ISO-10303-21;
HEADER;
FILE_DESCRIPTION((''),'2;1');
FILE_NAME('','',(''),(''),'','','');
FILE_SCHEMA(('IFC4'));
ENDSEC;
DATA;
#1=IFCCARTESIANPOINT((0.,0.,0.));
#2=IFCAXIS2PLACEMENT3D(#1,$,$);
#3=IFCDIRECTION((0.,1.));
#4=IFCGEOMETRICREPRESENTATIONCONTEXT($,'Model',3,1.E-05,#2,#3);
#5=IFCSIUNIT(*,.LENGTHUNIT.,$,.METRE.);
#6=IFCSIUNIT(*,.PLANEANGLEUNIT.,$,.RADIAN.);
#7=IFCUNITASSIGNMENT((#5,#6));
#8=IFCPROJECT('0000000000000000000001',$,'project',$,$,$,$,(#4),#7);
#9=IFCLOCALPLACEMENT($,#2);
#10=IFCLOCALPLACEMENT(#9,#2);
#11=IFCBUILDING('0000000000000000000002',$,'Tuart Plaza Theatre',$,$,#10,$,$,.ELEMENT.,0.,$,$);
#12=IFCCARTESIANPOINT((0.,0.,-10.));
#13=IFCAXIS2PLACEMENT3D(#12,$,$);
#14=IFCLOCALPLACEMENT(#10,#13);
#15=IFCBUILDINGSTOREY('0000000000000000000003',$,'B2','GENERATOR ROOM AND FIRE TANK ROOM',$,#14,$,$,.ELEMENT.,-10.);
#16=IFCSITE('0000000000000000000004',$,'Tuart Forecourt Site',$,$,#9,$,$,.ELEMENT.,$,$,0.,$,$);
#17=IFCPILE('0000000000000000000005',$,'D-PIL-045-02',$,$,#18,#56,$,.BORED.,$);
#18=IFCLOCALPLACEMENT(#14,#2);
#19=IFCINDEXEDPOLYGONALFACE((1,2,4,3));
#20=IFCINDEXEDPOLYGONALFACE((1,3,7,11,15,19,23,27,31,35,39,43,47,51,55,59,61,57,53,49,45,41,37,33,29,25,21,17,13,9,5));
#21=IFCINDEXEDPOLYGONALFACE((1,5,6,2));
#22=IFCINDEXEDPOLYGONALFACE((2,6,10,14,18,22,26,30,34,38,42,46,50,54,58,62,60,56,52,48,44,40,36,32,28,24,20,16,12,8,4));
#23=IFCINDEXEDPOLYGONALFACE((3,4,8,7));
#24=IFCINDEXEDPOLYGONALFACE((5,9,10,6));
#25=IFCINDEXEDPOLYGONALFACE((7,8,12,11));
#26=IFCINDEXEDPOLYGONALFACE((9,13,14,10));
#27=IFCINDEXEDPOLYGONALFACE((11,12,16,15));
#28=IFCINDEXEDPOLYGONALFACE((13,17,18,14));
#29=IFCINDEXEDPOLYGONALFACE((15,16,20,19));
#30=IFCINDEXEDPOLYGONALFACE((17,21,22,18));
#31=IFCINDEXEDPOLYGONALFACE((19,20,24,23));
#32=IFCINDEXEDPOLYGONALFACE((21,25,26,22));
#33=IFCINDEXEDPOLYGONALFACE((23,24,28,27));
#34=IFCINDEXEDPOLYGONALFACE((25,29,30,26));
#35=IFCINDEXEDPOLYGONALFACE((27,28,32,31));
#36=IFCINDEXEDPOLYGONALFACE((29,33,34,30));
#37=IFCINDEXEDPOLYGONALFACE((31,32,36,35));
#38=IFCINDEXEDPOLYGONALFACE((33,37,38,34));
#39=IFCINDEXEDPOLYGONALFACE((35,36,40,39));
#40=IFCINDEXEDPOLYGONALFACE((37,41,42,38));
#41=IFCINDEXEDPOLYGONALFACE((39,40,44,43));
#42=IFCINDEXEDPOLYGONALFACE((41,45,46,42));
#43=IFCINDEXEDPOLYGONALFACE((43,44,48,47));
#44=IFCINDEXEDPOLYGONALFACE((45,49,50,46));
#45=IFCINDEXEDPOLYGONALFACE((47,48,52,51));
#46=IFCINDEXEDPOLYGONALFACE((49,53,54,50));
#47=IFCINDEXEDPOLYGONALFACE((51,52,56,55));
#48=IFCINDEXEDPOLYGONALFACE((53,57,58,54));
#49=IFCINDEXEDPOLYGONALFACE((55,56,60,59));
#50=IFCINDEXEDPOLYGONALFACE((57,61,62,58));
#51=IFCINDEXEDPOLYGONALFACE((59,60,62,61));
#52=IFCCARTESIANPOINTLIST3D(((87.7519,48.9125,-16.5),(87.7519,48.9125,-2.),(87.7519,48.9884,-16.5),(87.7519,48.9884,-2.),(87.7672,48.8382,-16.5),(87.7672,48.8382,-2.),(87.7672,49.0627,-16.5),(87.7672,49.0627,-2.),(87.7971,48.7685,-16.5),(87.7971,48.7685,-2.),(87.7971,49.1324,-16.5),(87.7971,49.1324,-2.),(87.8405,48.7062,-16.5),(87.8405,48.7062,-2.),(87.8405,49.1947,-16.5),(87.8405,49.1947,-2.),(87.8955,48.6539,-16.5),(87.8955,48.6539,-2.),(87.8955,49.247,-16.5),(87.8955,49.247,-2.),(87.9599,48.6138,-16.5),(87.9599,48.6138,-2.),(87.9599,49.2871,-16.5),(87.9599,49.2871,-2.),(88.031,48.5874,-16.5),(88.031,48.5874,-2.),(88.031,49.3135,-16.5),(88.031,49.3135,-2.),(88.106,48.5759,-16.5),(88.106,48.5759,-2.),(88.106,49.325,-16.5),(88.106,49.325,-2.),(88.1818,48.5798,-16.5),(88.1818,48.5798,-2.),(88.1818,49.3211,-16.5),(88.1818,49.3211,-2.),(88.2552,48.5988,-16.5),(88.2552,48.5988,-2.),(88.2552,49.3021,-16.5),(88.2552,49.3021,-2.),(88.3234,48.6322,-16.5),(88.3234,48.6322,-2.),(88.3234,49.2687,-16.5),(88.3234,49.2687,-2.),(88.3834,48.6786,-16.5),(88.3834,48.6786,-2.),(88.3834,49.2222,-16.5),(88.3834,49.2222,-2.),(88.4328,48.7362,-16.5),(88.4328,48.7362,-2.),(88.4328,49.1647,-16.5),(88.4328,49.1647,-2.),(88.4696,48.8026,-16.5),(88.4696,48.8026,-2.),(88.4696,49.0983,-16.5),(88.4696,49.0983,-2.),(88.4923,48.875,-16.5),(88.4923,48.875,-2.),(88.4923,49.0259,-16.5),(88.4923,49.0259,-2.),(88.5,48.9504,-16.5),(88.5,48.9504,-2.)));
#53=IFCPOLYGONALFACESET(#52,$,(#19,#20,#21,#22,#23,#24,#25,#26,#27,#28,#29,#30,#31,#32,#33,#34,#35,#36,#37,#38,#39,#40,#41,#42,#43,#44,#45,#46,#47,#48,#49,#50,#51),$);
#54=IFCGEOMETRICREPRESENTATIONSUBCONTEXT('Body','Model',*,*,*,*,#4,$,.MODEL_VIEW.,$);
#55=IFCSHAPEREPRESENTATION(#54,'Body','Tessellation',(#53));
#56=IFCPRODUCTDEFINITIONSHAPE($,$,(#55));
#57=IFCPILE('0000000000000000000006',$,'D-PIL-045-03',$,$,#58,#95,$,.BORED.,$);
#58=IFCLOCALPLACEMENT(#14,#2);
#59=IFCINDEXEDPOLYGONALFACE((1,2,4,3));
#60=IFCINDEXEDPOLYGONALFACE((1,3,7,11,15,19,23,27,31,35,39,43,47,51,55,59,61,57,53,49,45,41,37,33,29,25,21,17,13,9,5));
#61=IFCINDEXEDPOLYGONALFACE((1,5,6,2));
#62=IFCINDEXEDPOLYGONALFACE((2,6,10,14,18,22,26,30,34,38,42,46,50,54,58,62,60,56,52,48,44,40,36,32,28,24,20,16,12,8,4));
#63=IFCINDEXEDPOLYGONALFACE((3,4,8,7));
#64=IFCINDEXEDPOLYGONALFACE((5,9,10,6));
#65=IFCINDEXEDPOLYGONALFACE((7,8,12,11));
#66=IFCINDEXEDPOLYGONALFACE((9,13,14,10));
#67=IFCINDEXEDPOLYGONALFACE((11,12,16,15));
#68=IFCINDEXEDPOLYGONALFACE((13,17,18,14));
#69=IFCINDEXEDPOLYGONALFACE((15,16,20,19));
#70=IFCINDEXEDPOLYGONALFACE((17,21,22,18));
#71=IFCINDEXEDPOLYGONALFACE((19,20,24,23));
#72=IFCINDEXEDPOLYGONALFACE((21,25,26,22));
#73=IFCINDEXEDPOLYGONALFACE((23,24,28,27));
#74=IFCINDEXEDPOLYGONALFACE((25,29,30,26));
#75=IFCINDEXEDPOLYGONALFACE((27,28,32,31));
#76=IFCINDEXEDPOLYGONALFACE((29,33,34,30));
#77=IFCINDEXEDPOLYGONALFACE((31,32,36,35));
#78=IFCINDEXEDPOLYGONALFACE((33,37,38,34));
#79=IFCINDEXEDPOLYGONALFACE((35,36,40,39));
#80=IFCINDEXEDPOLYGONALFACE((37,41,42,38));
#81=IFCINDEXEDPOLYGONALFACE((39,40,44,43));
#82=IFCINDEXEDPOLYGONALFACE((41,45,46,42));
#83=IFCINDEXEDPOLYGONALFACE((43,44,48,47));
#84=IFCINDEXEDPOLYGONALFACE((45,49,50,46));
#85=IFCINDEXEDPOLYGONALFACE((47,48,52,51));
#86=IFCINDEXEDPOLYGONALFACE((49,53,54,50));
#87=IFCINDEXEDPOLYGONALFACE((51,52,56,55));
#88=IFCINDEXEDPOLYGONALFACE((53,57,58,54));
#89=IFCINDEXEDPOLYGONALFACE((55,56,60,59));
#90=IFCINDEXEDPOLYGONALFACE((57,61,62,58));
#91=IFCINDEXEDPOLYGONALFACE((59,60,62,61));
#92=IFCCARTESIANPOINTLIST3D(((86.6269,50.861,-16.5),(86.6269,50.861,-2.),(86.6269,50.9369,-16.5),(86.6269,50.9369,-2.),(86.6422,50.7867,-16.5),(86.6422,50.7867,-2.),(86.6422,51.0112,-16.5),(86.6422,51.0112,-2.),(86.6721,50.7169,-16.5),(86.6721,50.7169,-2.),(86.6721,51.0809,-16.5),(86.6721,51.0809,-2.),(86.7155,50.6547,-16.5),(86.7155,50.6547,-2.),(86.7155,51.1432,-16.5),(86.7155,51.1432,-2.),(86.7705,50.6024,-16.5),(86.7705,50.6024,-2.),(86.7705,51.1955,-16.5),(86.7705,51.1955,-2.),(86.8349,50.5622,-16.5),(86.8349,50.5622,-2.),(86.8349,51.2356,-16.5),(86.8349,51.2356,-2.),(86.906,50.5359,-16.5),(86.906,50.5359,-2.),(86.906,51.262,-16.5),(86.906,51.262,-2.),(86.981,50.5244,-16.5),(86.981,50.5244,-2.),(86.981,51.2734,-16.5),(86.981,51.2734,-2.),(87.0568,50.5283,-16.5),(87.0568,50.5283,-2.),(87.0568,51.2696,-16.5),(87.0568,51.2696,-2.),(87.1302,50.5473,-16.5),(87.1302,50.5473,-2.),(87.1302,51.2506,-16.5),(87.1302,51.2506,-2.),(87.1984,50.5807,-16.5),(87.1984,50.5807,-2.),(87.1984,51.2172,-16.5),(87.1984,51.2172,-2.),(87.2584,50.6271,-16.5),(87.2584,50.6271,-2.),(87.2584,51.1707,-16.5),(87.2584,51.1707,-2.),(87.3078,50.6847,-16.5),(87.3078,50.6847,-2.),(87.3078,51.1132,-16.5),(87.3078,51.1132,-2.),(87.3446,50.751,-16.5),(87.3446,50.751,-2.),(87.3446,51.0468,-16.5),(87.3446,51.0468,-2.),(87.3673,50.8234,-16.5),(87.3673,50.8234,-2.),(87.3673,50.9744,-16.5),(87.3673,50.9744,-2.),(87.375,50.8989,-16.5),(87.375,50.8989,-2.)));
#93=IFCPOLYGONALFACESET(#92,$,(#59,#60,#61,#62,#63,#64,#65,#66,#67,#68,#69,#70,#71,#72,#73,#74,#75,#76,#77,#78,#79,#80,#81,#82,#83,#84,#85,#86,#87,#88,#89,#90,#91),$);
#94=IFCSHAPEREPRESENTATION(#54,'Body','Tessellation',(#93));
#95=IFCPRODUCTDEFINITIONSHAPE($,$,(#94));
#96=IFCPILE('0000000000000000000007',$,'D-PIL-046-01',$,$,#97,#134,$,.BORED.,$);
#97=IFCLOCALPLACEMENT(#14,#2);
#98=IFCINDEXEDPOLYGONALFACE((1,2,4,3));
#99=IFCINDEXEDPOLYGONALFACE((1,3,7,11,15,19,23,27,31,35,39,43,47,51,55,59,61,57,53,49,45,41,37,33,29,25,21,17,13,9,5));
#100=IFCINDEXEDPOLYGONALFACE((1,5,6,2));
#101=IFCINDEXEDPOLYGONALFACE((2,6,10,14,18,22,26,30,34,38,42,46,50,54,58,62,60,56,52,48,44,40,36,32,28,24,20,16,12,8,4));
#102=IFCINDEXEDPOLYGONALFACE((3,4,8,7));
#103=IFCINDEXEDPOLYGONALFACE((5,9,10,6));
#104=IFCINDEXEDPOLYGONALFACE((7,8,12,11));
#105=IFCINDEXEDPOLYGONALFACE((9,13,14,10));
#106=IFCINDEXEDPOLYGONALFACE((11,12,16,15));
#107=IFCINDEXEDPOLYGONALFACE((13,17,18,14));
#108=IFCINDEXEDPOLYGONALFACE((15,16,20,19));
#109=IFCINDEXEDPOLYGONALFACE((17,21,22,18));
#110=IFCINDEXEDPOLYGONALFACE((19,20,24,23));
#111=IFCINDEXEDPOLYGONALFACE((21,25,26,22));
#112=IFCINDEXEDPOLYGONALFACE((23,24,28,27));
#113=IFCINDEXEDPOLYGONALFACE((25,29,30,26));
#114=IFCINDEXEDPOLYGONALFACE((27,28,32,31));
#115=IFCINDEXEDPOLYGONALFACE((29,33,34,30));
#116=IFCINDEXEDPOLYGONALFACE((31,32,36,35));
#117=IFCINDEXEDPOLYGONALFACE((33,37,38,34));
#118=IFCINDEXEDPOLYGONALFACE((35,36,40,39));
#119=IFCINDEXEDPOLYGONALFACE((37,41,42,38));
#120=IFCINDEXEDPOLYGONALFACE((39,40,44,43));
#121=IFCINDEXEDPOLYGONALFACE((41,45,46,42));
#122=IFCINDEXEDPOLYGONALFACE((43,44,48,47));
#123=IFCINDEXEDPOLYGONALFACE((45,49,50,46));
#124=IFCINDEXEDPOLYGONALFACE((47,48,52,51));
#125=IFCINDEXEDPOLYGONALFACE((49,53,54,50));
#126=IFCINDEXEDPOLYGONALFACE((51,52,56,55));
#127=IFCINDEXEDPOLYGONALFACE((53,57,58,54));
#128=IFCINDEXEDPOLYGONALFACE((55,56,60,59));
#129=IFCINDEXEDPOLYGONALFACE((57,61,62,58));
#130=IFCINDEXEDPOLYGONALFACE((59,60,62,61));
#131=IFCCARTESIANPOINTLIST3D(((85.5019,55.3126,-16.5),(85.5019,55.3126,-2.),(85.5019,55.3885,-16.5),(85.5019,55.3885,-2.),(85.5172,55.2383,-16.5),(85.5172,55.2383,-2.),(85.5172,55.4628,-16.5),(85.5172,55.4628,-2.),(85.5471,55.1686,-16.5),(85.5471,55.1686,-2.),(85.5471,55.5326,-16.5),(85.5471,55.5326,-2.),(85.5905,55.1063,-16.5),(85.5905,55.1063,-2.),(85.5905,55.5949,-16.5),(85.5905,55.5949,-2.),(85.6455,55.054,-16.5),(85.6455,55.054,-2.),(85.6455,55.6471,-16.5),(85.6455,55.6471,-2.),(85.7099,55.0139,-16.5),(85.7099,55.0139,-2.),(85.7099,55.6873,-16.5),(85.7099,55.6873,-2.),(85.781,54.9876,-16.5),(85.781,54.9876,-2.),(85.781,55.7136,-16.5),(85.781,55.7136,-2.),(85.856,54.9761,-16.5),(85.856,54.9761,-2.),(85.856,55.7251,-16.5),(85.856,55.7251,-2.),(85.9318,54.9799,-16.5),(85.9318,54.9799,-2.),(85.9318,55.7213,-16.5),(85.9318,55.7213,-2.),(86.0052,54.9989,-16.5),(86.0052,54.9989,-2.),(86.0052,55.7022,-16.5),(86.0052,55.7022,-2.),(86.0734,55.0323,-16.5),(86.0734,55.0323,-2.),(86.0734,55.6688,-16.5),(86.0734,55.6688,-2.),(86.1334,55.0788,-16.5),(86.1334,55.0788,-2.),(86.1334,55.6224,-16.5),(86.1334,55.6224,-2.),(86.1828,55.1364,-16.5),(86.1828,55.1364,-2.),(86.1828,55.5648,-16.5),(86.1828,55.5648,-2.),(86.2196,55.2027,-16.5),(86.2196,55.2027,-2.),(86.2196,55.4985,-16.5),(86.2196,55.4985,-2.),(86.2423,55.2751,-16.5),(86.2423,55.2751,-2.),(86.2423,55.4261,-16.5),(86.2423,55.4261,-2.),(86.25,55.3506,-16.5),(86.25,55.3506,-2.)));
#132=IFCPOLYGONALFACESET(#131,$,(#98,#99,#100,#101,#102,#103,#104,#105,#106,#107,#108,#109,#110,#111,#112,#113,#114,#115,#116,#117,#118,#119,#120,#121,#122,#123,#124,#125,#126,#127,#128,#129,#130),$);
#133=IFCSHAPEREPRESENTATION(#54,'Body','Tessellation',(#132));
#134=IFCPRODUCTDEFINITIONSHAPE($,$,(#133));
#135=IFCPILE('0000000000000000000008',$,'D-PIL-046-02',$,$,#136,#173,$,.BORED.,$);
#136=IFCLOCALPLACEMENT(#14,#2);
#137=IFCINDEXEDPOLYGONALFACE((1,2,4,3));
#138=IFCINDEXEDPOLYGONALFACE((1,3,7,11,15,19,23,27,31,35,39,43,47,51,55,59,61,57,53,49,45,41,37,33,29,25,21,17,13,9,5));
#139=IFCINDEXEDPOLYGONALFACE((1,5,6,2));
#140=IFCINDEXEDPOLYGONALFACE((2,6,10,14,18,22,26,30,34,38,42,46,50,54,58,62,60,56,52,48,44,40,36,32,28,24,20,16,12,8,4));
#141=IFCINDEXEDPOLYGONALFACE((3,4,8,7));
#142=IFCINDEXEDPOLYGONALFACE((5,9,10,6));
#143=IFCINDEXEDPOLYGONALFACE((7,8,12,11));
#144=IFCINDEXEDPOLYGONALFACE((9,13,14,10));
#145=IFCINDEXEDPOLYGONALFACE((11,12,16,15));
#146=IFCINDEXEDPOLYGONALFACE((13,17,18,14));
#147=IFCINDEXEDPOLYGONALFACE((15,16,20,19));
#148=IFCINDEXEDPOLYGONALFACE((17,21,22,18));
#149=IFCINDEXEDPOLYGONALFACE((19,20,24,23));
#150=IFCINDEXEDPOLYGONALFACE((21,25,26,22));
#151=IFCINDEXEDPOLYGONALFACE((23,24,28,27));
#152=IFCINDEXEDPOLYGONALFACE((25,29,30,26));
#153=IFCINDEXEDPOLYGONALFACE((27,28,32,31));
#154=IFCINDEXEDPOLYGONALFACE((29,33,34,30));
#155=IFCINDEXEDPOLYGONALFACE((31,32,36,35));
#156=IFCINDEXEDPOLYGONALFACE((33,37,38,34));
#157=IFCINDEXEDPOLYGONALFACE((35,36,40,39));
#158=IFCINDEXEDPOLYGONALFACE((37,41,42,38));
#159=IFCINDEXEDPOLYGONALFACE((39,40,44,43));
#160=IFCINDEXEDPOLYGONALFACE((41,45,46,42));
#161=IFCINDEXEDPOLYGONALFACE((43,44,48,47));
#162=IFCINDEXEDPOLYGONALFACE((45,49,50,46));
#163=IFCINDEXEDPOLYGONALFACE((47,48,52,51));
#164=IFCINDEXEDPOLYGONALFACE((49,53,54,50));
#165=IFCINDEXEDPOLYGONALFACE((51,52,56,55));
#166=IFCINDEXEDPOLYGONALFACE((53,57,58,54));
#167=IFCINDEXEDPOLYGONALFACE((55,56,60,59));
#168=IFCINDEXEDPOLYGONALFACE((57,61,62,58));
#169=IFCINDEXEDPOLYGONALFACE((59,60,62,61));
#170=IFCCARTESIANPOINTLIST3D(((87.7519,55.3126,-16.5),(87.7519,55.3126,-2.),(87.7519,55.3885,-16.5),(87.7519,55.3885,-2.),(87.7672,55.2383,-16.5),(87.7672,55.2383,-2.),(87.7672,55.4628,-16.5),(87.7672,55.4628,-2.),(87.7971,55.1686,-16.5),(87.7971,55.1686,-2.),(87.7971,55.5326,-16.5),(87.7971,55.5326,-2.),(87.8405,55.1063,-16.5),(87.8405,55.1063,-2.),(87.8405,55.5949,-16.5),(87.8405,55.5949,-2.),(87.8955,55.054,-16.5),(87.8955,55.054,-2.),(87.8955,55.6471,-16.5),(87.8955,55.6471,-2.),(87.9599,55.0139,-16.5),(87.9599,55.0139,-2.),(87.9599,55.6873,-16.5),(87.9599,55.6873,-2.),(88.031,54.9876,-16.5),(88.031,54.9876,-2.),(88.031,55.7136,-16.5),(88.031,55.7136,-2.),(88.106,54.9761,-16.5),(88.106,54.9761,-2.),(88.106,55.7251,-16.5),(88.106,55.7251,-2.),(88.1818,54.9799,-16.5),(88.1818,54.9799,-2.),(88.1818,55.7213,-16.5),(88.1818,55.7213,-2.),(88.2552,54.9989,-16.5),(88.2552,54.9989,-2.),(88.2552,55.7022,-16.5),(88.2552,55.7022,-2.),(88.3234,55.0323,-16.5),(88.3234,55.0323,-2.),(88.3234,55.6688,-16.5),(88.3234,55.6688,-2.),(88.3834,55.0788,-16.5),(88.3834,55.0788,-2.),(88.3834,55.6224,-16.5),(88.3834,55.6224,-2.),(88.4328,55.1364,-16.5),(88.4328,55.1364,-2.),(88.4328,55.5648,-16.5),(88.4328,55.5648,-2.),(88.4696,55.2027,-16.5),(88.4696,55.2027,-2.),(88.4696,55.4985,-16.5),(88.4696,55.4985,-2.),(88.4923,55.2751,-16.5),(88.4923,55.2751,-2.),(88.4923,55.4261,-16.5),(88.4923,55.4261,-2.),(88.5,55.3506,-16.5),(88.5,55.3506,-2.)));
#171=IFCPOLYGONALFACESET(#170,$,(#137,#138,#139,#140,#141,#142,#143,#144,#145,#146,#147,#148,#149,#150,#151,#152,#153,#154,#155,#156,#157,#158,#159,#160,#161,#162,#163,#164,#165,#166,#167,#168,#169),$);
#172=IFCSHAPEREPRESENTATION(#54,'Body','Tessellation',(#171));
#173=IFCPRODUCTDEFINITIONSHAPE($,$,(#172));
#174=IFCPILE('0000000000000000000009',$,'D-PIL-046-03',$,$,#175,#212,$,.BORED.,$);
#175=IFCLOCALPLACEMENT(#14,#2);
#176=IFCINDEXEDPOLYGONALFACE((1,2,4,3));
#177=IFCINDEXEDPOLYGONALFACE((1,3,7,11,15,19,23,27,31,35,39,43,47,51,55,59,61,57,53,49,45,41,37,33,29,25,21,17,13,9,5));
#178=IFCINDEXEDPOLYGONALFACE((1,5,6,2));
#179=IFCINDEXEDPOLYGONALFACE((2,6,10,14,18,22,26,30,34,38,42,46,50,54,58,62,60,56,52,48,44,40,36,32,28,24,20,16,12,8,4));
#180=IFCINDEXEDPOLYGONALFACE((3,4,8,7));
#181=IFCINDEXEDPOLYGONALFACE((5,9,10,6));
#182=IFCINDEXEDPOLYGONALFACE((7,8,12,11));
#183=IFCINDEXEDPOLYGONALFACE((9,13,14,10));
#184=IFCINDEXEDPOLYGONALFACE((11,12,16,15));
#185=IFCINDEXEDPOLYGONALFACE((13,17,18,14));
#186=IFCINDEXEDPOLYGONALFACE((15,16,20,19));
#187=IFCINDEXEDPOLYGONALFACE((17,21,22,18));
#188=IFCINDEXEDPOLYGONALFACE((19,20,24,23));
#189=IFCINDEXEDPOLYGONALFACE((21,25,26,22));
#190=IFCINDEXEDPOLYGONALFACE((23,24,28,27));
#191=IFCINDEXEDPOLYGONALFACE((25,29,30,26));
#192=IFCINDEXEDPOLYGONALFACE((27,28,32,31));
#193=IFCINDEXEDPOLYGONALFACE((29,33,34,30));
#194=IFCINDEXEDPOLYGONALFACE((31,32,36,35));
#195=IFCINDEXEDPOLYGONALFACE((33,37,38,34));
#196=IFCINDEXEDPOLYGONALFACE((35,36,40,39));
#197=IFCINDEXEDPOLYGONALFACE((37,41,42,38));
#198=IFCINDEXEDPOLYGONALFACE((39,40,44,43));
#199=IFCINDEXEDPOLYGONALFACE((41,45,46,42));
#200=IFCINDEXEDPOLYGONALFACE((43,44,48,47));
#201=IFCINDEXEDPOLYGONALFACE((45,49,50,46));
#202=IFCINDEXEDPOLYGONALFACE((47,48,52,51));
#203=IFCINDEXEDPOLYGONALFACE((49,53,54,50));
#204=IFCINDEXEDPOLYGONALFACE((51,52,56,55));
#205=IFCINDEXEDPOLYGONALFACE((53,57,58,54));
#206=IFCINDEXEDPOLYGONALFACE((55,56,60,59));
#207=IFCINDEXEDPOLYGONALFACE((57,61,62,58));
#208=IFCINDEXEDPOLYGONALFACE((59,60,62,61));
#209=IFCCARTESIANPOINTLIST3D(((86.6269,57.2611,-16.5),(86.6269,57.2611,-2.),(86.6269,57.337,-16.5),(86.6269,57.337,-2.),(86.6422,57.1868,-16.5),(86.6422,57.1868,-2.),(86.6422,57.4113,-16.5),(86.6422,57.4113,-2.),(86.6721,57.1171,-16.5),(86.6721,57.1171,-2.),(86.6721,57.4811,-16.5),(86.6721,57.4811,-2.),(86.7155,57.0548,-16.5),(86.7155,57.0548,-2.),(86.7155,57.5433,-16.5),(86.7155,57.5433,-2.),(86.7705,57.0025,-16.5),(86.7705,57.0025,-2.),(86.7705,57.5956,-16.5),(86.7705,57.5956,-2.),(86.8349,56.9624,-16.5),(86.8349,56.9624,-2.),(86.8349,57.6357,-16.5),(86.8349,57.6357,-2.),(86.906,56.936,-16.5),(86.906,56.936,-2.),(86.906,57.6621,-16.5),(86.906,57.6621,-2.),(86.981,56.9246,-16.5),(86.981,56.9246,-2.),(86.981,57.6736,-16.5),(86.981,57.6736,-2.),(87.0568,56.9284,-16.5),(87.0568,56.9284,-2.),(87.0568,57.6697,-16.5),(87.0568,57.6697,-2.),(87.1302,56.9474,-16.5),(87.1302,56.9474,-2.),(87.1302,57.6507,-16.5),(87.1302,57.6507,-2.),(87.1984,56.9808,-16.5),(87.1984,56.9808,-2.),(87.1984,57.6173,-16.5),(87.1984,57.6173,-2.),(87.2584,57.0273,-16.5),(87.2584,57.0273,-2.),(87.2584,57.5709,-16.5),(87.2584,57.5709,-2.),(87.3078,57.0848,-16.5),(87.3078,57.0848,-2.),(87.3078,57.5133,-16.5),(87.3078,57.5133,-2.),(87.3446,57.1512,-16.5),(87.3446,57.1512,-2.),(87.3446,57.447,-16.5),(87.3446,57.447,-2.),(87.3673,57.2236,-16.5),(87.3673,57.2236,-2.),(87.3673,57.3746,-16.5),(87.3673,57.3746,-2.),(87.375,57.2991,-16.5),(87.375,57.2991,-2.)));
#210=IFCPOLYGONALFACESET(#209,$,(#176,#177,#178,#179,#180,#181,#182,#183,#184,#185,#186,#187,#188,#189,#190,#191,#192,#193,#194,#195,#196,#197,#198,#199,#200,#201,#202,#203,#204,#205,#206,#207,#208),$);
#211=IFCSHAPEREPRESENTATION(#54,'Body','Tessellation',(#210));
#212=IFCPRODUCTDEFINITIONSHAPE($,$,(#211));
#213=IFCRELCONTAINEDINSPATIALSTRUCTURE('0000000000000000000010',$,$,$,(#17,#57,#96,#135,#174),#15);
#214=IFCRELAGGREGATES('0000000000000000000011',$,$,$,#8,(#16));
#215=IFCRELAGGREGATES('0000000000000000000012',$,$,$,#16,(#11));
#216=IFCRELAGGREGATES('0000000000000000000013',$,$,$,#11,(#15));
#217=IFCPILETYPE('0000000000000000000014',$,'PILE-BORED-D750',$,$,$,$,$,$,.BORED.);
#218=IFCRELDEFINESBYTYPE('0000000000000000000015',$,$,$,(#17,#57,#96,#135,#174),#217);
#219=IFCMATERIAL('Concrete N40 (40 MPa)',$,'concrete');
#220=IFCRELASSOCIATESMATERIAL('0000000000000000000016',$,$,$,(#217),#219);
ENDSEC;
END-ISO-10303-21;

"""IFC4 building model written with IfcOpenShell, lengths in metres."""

from ifc_helpers import new_model, si_unit, direction, frame, origin, origin_2d, place, context, subcontext, project, spatial, circle, extrude, material, material_profile, profile_set, type_object, element, save


model = new_model("IFC4")

# Units and contexts
model_context = context("Model", 3, precision=1e-05, world=origin(), true_north=direction((0.0, 1.0)))
body_context = subcontext(model_context, "Body", "Model", "MODEL_VIEW")
ifc_project = project(units=[si_unit("LENGTHUNIT", "METRE"), si_unit("PLANEANGLEUNIT", "RADIAN")], contexts=[model_context])

# Site, building, storey
site_placement = place(None, origin())
site = spatial("IfcSite", under=ifc_project, at=site_placement, Name="Tuart Forecourt Site", CompositionType="ELEMENT", RefElevation=0.0)
building_placement = place(site_placement, origin())
building = spatial("IfcBuilding", under=site, at=building_placement, Name="Tuart Plaza Theatre", CompositionType="ELEMENT", ElevationOfRefHeight=0.0)
storey_placement = place(building_placement, frame((0.0, 0.0, -10.0)))
storey = spatial("IfcBuildingStorey", under=building, at=storey_placement, Name="B2", Description="GENERATOR ROOM AND FIRE TANK ROOM", CompositionType="ELEMENT", Elevation=-10.0)

# Piles
ifc_material_1 = material(Name="Concrete N40 (40 MPa)", Category="concrete")
ifc_material_profile_1 = material_profile(ifc_material_1, circle(Radius=0.375, at=origin_2d()), Name="PILE-BORED-D750")
ifc_profile_set_1 = profile_set([ifc_material_profile_1], Name="Concrete N40 (40 MPa)")
pile_type_1 = type_object("IfcPileType", Name="PILE-BORED-D750", PredefinedType="BORED", material=ifc_profile_set_1)
for number, where, z_axis, x_axis, name in (
    (1, (88.125, 48.9504, -2.0), (0.0, 0.0, -1.0), (1.0, 0.0, 0.0), "D-PIL-045-02"),
    (2, (87.0, 50.8989, -2.0), (0.0, 0.0, -1.0), (1.0, 0.0, 0.0), "D-PIL-045-03"),
    (3, (85.875, 55.3506, -2.0), (0.0, 0.0, -1.0), (1.0, 0.0, 0.0), "D-PIL-046-01"),
    (4, (88.125, 55.3506, -2.0), (0.0, 0.0, -1.0), (1.0, 0.0, 0.0), "D-PIL-046-02"),
    (5, (87.0, 57.2991, -2.0), (0.0, 0.0, -1.0), (1.0, 0.0, 0.0), "D-PIL-046-03"),
):
    element("IfcPile", number, at=place(storey_placement, frame(where, z_axis=z_axis, x_axis=x_axis)), inside=storey, type_object=pile_type_1, Name=name, PredefinedType="BORED", context=body_context, shape_type="SweptSolid", body=[
        extrude(circle(Radius=0.375, at=origin_2d()), origin(), (0.0, 0.0, 1.0), 14.5),
    ])

save(model, "model.ifc")
